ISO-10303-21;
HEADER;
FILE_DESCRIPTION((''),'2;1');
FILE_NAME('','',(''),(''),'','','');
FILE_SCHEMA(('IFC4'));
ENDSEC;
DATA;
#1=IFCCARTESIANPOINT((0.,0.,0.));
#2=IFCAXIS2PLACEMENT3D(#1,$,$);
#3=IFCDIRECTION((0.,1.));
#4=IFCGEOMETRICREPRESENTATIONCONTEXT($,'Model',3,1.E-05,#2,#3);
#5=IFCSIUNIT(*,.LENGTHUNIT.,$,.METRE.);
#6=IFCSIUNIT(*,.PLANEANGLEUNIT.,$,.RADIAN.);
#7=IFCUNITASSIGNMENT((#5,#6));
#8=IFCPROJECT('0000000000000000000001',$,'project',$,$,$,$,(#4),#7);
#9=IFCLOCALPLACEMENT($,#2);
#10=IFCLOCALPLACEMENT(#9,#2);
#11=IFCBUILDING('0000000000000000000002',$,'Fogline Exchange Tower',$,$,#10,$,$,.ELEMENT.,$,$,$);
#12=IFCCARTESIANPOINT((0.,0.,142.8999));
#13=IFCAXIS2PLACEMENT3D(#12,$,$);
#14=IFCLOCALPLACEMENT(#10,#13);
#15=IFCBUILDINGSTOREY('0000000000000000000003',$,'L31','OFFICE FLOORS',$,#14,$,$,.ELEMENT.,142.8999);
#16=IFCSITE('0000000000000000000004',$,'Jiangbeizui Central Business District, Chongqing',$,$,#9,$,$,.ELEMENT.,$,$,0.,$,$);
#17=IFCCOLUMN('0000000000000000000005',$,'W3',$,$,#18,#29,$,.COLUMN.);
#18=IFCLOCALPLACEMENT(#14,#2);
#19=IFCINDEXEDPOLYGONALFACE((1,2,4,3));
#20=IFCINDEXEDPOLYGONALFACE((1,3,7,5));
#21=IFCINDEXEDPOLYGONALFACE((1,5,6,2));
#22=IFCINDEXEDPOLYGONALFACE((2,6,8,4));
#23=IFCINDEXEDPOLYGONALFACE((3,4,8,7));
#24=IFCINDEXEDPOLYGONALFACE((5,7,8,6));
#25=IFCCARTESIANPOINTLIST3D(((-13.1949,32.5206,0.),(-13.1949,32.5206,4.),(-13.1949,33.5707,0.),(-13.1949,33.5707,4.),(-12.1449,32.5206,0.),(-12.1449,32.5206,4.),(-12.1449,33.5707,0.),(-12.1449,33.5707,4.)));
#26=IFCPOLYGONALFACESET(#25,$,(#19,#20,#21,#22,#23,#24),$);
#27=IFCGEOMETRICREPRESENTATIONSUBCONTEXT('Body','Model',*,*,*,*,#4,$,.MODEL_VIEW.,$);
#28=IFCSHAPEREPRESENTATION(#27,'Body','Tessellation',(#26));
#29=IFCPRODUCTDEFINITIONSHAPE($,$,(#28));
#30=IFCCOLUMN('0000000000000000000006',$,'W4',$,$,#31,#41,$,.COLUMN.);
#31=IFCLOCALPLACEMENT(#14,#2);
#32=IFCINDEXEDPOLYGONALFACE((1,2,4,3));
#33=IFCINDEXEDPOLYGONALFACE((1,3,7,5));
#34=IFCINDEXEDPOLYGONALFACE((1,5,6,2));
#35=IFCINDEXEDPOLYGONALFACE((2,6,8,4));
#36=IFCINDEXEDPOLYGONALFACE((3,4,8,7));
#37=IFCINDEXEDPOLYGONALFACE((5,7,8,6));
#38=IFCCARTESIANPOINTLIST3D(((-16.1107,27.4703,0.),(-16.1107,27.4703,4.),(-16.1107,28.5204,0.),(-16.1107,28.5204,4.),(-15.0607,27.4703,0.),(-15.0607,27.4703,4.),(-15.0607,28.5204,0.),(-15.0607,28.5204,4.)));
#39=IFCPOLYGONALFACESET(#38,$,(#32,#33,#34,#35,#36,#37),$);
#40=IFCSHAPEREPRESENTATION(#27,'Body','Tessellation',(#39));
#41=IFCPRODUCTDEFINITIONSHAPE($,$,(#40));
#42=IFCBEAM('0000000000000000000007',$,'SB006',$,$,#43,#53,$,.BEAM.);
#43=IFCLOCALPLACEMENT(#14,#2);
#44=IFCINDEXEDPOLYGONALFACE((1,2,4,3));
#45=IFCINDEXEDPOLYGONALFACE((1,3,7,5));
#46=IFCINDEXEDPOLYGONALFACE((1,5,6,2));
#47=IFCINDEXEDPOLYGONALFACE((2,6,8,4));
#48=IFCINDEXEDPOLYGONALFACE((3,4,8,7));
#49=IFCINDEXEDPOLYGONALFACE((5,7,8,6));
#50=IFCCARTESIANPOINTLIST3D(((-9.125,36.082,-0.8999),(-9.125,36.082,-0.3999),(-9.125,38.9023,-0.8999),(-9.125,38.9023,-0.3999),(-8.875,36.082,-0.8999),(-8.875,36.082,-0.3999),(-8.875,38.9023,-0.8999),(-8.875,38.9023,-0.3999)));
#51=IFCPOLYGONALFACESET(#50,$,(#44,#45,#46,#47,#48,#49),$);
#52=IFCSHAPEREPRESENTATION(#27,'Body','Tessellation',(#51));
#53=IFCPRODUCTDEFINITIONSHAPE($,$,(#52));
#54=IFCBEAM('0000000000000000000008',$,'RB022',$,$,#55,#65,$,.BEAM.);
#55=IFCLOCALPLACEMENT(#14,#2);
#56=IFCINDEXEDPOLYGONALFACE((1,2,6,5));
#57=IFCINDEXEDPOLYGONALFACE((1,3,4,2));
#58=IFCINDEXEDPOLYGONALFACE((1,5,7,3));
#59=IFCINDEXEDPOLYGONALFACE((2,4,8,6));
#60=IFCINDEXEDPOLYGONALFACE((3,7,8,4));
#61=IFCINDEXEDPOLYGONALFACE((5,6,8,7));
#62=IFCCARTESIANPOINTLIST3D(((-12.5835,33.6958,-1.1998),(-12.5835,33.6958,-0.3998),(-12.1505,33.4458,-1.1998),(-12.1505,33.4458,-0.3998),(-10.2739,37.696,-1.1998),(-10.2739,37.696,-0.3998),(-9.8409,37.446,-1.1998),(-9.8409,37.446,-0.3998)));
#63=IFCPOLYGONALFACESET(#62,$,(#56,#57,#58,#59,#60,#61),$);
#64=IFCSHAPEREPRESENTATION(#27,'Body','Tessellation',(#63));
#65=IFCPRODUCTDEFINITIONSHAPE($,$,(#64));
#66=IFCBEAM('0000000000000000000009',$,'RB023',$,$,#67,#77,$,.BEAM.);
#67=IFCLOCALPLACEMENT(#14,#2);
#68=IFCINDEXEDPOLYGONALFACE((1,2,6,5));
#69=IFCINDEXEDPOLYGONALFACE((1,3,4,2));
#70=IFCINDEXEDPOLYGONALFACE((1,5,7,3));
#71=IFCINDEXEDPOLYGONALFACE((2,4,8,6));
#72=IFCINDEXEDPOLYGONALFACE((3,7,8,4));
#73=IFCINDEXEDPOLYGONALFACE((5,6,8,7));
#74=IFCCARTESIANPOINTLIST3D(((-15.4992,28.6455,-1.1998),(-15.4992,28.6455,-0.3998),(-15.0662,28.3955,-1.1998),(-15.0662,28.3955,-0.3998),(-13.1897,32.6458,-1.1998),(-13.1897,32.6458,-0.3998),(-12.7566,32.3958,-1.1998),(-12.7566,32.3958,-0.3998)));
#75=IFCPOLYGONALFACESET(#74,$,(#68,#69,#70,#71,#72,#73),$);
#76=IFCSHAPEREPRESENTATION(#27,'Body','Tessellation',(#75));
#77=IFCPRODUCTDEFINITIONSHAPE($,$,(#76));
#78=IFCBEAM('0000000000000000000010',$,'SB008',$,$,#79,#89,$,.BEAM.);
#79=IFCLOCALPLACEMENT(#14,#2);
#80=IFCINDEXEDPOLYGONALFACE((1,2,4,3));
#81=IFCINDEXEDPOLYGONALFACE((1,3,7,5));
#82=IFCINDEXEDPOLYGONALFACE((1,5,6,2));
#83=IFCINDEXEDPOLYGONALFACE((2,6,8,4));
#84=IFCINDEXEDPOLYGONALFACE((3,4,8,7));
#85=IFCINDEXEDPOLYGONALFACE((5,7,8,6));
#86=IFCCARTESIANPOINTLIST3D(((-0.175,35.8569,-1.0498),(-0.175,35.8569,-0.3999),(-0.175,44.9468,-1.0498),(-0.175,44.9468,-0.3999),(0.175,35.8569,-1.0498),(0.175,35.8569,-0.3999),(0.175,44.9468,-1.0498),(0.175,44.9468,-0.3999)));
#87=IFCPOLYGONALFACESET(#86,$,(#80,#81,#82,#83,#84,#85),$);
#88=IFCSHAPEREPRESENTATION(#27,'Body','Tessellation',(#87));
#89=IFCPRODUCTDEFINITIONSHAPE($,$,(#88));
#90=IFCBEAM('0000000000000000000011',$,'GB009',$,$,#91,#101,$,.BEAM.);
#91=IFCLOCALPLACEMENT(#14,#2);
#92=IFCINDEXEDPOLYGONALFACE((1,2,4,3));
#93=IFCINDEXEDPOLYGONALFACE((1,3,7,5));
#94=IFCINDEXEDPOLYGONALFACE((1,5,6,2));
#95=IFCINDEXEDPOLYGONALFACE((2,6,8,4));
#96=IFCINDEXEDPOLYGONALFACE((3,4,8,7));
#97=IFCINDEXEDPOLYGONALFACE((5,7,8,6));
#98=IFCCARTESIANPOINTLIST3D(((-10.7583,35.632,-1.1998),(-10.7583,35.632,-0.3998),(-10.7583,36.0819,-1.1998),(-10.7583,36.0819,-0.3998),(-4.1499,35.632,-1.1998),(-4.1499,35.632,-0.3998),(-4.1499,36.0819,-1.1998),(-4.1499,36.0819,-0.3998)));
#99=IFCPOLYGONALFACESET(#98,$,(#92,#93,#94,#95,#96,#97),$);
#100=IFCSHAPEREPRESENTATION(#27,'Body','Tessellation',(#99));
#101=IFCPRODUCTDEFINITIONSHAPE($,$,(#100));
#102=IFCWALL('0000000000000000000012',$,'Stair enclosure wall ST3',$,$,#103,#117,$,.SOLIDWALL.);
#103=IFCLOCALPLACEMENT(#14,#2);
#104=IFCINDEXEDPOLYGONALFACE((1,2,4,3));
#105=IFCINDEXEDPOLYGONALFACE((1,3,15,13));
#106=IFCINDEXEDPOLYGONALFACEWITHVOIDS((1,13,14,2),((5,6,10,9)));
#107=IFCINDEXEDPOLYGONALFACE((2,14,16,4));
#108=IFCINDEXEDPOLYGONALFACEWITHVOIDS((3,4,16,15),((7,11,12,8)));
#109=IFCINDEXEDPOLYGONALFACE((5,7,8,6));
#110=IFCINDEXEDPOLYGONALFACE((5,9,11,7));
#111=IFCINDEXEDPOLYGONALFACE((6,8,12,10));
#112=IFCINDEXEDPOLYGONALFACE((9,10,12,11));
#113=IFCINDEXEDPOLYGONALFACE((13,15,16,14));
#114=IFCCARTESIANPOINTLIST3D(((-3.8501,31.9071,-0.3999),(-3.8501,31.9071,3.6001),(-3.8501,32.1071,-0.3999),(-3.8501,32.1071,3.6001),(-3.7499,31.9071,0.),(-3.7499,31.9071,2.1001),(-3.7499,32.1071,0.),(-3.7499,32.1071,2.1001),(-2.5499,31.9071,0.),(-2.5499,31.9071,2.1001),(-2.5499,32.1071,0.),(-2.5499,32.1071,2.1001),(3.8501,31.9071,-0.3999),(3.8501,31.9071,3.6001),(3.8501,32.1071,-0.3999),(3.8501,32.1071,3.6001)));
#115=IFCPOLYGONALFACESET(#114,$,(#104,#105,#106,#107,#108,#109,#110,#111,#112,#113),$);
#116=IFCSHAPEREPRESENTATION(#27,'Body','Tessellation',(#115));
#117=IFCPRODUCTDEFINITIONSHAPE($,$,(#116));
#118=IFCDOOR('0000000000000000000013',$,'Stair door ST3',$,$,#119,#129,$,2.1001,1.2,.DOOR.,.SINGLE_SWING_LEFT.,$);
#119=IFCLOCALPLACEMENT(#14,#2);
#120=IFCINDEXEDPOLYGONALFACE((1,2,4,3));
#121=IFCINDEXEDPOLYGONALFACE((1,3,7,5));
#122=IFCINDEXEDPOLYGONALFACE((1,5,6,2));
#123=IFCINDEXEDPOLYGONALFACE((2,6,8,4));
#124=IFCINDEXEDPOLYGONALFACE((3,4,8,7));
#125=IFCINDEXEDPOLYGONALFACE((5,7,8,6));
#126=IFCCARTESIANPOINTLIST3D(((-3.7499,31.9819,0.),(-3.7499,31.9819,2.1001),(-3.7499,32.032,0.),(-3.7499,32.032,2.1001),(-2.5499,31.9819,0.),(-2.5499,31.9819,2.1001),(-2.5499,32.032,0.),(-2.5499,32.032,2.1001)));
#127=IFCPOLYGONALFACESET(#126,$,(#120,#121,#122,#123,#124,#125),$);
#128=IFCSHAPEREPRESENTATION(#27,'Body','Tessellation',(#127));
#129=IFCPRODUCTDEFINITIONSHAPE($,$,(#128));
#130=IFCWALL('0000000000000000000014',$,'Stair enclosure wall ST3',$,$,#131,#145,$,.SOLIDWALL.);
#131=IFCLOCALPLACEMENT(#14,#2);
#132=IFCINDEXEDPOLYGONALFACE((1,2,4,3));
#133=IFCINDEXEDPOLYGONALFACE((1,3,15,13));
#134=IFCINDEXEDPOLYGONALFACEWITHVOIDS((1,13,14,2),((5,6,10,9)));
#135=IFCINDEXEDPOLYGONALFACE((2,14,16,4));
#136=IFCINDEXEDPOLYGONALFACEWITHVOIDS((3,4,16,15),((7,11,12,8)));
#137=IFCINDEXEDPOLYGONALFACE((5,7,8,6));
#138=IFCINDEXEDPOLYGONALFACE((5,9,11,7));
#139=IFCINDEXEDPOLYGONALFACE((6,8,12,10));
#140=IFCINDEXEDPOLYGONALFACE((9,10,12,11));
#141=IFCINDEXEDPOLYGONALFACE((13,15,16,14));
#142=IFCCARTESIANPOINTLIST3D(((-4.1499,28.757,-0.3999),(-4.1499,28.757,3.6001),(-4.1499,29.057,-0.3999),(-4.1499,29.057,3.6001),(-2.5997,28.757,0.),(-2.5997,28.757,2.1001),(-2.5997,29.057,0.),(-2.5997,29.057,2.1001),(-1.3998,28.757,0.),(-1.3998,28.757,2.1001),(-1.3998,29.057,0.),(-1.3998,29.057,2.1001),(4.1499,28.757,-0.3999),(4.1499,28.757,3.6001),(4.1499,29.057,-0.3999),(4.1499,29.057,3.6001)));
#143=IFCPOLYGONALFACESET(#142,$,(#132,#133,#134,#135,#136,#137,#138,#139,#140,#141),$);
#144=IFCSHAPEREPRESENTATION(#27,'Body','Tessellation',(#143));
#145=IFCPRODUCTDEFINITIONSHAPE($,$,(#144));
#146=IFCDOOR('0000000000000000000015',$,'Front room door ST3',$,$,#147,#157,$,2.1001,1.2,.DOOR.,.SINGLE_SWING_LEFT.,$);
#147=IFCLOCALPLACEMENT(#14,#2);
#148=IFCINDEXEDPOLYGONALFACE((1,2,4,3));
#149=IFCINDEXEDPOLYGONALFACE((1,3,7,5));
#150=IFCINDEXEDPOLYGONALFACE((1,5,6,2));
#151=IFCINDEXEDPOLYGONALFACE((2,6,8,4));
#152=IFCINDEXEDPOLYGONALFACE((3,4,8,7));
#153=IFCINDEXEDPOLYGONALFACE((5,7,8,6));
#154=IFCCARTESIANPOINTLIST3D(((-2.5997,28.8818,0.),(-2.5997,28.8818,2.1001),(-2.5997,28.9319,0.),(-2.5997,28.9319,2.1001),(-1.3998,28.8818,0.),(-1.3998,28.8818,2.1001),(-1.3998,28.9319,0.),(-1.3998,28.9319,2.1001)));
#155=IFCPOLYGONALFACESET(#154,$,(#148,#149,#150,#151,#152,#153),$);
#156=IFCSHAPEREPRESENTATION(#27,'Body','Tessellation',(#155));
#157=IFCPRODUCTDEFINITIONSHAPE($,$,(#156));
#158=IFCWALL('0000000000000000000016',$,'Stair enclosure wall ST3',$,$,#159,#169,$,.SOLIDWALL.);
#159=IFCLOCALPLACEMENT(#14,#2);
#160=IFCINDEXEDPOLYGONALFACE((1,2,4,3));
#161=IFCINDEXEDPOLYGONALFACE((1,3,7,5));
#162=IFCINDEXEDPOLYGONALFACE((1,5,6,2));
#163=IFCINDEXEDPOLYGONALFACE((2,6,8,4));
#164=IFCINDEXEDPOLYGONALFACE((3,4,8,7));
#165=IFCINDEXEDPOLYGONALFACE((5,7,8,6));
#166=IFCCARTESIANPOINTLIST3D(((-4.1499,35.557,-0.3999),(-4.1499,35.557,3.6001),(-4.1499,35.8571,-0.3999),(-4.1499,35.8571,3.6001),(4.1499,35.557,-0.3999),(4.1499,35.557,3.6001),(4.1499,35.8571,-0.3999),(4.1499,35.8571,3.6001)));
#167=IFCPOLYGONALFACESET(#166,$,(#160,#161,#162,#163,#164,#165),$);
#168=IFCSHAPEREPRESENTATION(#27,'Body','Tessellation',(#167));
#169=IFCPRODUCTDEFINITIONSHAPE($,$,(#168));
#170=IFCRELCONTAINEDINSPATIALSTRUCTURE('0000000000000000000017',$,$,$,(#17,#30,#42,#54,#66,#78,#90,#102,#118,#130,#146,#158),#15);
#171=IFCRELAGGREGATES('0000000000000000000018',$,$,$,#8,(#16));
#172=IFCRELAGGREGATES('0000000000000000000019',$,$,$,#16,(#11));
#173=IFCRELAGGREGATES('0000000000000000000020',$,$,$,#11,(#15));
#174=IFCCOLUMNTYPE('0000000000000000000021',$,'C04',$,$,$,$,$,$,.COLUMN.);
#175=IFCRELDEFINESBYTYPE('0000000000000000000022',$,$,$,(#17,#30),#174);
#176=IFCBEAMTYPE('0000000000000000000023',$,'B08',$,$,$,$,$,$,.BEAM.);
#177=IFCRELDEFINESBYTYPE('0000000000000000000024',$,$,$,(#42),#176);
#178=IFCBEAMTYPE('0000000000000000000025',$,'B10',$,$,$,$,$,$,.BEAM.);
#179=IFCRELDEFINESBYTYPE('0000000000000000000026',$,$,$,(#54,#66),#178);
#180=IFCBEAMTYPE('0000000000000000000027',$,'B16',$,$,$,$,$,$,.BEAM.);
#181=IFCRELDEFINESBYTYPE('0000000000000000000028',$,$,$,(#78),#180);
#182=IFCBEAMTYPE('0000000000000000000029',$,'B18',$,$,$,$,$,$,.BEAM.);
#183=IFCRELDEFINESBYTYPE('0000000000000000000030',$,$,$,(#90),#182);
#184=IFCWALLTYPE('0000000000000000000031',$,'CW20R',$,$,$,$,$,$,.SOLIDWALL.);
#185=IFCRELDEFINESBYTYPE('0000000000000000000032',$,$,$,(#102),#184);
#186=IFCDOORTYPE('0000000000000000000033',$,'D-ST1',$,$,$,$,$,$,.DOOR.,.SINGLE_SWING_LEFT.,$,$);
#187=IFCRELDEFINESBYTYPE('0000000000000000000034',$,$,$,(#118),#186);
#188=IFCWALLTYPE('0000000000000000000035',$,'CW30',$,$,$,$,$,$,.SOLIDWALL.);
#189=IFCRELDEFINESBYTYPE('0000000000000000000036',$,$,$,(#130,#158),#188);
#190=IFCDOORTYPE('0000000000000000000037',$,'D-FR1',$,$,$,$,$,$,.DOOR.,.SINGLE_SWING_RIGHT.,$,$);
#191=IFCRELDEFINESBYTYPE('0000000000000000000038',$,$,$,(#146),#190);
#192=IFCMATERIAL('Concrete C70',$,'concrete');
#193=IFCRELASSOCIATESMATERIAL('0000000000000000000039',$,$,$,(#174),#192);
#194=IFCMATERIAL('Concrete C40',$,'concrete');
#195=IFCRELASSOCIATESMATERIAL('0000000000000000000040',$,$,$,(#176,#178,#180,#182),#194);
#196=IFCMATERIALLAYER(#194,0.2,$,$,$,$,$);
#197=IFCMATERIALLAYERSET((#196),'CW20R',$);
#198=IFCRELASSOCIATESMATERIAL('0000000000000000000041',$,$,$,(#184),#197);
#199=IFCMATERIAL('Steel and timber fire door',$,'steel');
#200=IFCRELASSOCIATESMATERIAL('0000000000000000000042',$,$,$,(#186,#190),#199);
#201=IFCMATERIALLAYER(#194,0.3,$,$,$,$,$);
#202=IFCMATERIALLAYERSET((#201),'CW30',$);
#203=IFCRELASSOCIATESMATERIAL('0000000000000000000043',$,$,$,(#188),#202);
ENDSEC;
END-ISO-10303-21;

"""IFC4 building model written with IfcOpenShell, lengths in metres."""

from ifc_helpers import new_model, si_unit, direction, frame, frame_2d, origin, origin_2d, place, context, subcontext, project, spatial, rectangle, extrude, material, layer, layer_set, material_profile, profile_set, type_object, element, fill, save


model = new_model("IFC4")

# Units and contexts
model_context = context("Model", 3, precision=1e-05, world=origin(), true_north=direction((0.0, 1.0)))
body_context = subcontext(model_context, "Body", "Model", "MODEL_VIEW")
ifc_project = project(units=[si_unit("LENGTHUNIT", "METRE"), si_unit("PLANEANGLEUNIT", "RADIAN")], contexts=[model_context])

# Site, building, storey
site_placement = place(None, origin())
site = spatial("IfcSite", under=ifc_project, at=site_placement, Name="Jiangbeizui Central Business District, Chongqing", CompositionType="ELEMENT", RefElevation=0.0)
building_placement = place(site_placement, origin())
building = spatial("IfcBuilding", under=site, at=building_placement, Name="Fogline Exchange Tower", CompositionType="ELEMENT")
storey_placement = place(building_placement, frame((0.0, 0.0, 142.8999)))
storey = spatial("IfcBuildingStorey", under=building, at=storey_placement, Name="L31", Description="OFFICE FLOORS", CompositionType="ELEMENT", Elevation=142.8999)

# Columns
ifc_material_1 = material(Name="Concrete C70", Category="concrete")
ifc_material_profile_1 = material_profile(ifc_material_1, rectangle(XDim=1.05, YDim=1.05, at=origin_2d()), Name="RC 1050x1050")
ifc_profile_set_1 = profile_set([ifc_material_profile_1], Name="Concrete C70")
column_type = type_object("IfcColumnType", Name="C04", PredefinedType="COLUMN", material=ifc_profile_set_1)
for number, where, z_axis, x_axis, name in (
    (1, (-12.6699, 33.0457, 0.0), (0.0, 0.0, 1.0), (1.0, 0.0, 0.0), "W3"),
    (2, (-15.5857, 27.9954, 0.0), (0.0, 0.0, 1.0), (1.0, 0.0, 0.0), "W4"),
):
    element("IfcColumn", number, at=place(storey_placement, frame(where, z_axis=z_axis, x_axis=x_axis)), inside=storey, type_object=column_type, Name=name, PredefinedType="COLUMN", context=body_context, shape_type="SweptSolid", body=[
        extrude(rectangle(XDim=1.05, YDim=1.05, at=origin_2d()), origin(), (0.0, 0.0, 1.0), 4.0),
    ])

# Beams
ifc_material_2 = material(Name="Concrete C40", Category="concrete")
ifc_material_profile_2 = material_profile(ifc_material_2, rectangle(XDim=0.25, YDim=0.5, at=origin_2d()), Name="RC 250x500")
ifc_profile_set_2 = profile_set([ifc_material_profile_2], Name="Concrete C40")
beam_type_1 = type_object("IfcBeamType", Name="B08", PredefinedType="BEAM", material=ifc_profile_set_2)
beam_1_placement = place(storey_placement, frame((-9.0, 36.082, -0.6499), z_axis=(0.0, 1.0, 0.0), x_axis=(-1.0, 0.0, 0.0)))
element("IfcBeam", 3, at=beam_1_placement, inside=storey, type_object=beam_type_1, Name="SB006", PredefinedType="BEAM", context=body_context, shape_type="SweptSolid", body=[
    extrude(rectangle(XDim=0.25, YDim=0.5, at=origin_2d()), origin(), (0.0, 0.0, 1.0), 2.8203),
])
ifc_material_profile_3 = material_profile(ifc_material_2, rectangle(XDim=0.5, YDim=0.8, at=origin_2d()), Name="RC 500x800")
ifc_profile_set_3 = profile_set([ifc_material_profile_3], Name="Concrete C40")
beam_type_2 = type_object("IfcBeamType", Name="B10", PredefinedType="BEAM", material=ifc_profile_set_3)
for number, where, z_axis, x_axis, name in (
    (4, (-10.0574, 37.571, -0.7998), (-0.500005, -0.866023, 0.0), (0.866023, -0.500005, 0.0), "RB022"),
    (5, (-12.9731, 32.5208, -0.7998), (-0.500005, -0.866023, 0.0), (0.866023, -0.500005, 0.0), "RB023"),
):
    element("IfcBeam", number, at=place(storey_placement, frame(where, z_axis=z_axis, x_axis=x_axis)), inside=storey, type_object=beam_type_2, Name=name, PredefinedType="BEAM", context=body_context, shape_type="SweptSolid", body=[
        extrude(rectangle(XDim=0.5, YDim=0.8, at=origin_2d()), origin(), (0.0, 0.0, 1.0), 4.6191),
    ])
ifc_material_profile_4 = material_profile(ifc_material_2, rectangle(XDim=0.3501, YDim=0.6499, at=origin_2d()), Name="RC 350x650")
ifc_profile_set_4 = profile_set([ifc_material_profile_4], Name="Concrete C40")
beam_type_3 = type_object("IfcBeamType", Name="B16", PredefinedType="BEAM", material=ifc_profile_set_4)
beam_2_placement = place(storey_placement, frame((0.0, 35.8569, -0.7249), z_axis=(0.0, 1.0, 0.0), x_axis=(-1.0, 0.0, 0.0)))
element("IfcBeam", 6, at=beam_2_placement, inside=storey, type_object=beam_type_3, Name="SB008", PredefinedType="BEAM", context=body_context, shape_type="SweptSolid", body=[
    extrude(rectangle(XDim=0.3501, YDim=0.6499, at=origin_2d()), origin(), (0.0, 0.0, 1.0), 9.0898),
])
ifc_material_profile_5 = material_profile(ifc_material_2, rectangle(XDim=0.45, YDim=0.8, at=origin_2d()), Name="RC 450x800")
ifc_profile_set_5 = profile_set([ifc_material_profile_5], Name="Concrete C40")
beam_type_4 = type_object("IfcBeamType", Name="B18", PredefinedType="BEAM", material=ifc_profile_set_5)
beam_3_placement = place(storey_placement, frame((-10.7583, 35.8569, -0.7998), z_axis=(1.0, 0.0, 0.0), x_axis=(0.0, 1.0, 0.0)))
element("IfcBeam", 7, at=beam_3_placement, inside=storey, type_object=beam_type_4, Name="GB009", PredefinedType="BEAM", context=body_context, shape_type="SweptSolid", body=[
    extrude(rectangle(XDim=0.45, YDim=0.8, at=origin_2d()), origin(), (0.0, 0.0, 1.0), 6.6084),
])

# Walls, openings, doors
ifc_layer_1 = layer(ifc_material_2, 0.2)
ifc_layer_set_1 = layer_set([ifc_layer_1], Name="CW20R")
wall_type_1 = type_object("IfcWallType", Name="CW20R", PredefinedType="SOLIDWALL", material=ifc_layer_set_1)
wall_1_placement = place(storey_placement, frame((-3.8501, 32.0071, -0.3999), z_axis=(0.0, 0.0, 1.0), x_axis=(1.0, 0.0, 0.0)))
wall_1 = element("IfcWall", 8, at=wall_1_placement, inside=storey, type_object=wall_type_1, Name="Stair enclosure wall ST3", PredefinedType="SOLIDWALL", context=body_context, shape_type="SweptSolid", body=[
    extrude(rectangle(XDim=7.7002, YDim=0.2, at=frame_2d((3.8501, 0.0))), origin(), (0.0, 0.0, 1.0), 4.0),
])
opening_1_placement = place(wall_1_placement, frame((0.1001, 0.0, 0.3999)))
opening_1 = element("IfcOpeningElement", 9, at=opening_1_placement, cuts=wall_1, PredefinedType="OPENING", context=body_context, shape_type="SweptSolid", body=[
    extrude(rectangle(XDim=1.2, YDim=2.1001, at=frame_2d((0.6001, 1.05))), frame((0.0, 0.1099, 0.0), z_axis=(0.0, -1.0, 0.0), x_axis=(1.0, 0.0, 0.0)), (0.0, 0.0, 1.0), 0.22),
])
ifc_material_3 = material(Name="Steel and timber fire door", Category="steel")
door_type_1 = type_object("IfcDoorType", Name="D-ST1", OperationType="SINGLE_SWING_LEFT", PredefinedType="DOOR", material=ifc_material_3)
door_1_placement = place(opening_1_placement, origin())
door_1 = element("IfcDoor", 10, at=door_1_placement, inside=storey, type_object=door_type_1, Name="Stair door ST3", OperationType="SINGLE_SWING_LEFT", OverallHeight=2.1001, OverallWidth=1.2, PredefinedType="DOOR", context=body_context, shape_type="SweptSolid", body=[
    extrude(rectangle(XDim=1.2, YDim=2.1001, at=frame_2d((0.6001, 1.05))), frame((0.0, 0.0249, 0.0), z_axis=(0.0, -1.0, 0.0), x_axis=(1.0, 0.0, 0.0)), (0.0, 0.0, 1.0), 0.05),
])
fill(opening_1, door_1)
ifc_layer_2 = layer(ifc_material_2, 0.3)
ifc_layer_set_2 = layer_set([ifc_layer_2], Name="CW30")
wall_type_2 = type_object("IfcWallType", Name="CW30", PredefinedType="SOLIDWALL", material=ifc_layer_set_2)
wall_2_placement = place(storey_placement, frame((-4.1499, 28.907, -0.3999), z_axis=(0.0, 0.0, 1.0), x_axis=(1.0, 0.0, 0.0)))
wall_2 = element("IfcWall", 11, at=wall_2_placement, inside=storey, type_object=wall_type_2, Name="Stair enclosure wall ST3", PredefinedType="SOLIDWALL", context=body_context, shape_type="SweptSolid", body=[
    extrude(rectangle(XDim=8.2998, YDim=0.3, at=frame_2d((4.1499, 0.0))), origin(), (0.0, 0.0, 1.0), 4.0),
])
opening_2_placement = place(wall_2_placement, frame((1.55, 0.0, 0.3999)))
opening_2 = element("IfcOpeningElement", 12, at=opening_2_placement, cuts=wall_2, PredefinedType="OPENING", context=body_context, shape_type="SweptSolid", body=[
    extrude(rectangle(XDim=1.2, YDim=2.1001, at=frame_2d((0.6001, 1.05))), frame((0.0, 0.1602, 0.0), z_axis=(0.0, -1.0, 0.0), x_axis=(1.0, 0.0, 0.0)), (0.0, 0.0, 1.0), 0.3201),
])
door_type_2 = type_object("IfcDoorType", Name="D-FR1", OperationType="SINGLE_SWING_RIGHT", PredefinedType="DOOR", material=ifc_material_3)
door_2_placement = place(opening_2_placement, origin())
door_2 = element("IfcDoor", 13, at=door_2_placement, inside=storey, type_object=door_type_2, Name="Front room door ST3", OperationType="SINGLE_SWING_LEFT", OverallHeight=2.1001, OverallWidth=1.2, PredefinedType="DOOR", context=body_context, shape_type="SweptSolid", body=[
    extrude(rectangle(XDim=1.2, YDim=2.1001, at=frame_2d((0.6001, 1.05))), frame((0.0, 0.0249, 0.0), z_axis=(0.0, -1.0, 0.0), x_axis=(1.0, 0.0, 0.0)), (0.0, 0.0, 1.0), 0.05),
])
fill(opening_2, door_2)

# Wall
wall_3_placement = place(storey_placement, frame((-4.1499, 35.707, -0.3999), z_axis=(0.0, 0.0, 1.0), x_axis=(1.0, 0.0, 0.0)))
element("IfcWall", 14, at=wall_3_placement, inside=storey, type_object=wall_type_2, Name="Stair enclosure wall ST3", PredefinedType="SOLIDWALL", context=body_context, shape_type="SweptSolid", body=[
    extrude(rectangle(XDim=8.2998, YDim=0.3, at=frame_2d((4.1499, 0.0))), origin(), (0.0, 0.0, 1.0), 4.0),
])

save(model, "model.ifc")
